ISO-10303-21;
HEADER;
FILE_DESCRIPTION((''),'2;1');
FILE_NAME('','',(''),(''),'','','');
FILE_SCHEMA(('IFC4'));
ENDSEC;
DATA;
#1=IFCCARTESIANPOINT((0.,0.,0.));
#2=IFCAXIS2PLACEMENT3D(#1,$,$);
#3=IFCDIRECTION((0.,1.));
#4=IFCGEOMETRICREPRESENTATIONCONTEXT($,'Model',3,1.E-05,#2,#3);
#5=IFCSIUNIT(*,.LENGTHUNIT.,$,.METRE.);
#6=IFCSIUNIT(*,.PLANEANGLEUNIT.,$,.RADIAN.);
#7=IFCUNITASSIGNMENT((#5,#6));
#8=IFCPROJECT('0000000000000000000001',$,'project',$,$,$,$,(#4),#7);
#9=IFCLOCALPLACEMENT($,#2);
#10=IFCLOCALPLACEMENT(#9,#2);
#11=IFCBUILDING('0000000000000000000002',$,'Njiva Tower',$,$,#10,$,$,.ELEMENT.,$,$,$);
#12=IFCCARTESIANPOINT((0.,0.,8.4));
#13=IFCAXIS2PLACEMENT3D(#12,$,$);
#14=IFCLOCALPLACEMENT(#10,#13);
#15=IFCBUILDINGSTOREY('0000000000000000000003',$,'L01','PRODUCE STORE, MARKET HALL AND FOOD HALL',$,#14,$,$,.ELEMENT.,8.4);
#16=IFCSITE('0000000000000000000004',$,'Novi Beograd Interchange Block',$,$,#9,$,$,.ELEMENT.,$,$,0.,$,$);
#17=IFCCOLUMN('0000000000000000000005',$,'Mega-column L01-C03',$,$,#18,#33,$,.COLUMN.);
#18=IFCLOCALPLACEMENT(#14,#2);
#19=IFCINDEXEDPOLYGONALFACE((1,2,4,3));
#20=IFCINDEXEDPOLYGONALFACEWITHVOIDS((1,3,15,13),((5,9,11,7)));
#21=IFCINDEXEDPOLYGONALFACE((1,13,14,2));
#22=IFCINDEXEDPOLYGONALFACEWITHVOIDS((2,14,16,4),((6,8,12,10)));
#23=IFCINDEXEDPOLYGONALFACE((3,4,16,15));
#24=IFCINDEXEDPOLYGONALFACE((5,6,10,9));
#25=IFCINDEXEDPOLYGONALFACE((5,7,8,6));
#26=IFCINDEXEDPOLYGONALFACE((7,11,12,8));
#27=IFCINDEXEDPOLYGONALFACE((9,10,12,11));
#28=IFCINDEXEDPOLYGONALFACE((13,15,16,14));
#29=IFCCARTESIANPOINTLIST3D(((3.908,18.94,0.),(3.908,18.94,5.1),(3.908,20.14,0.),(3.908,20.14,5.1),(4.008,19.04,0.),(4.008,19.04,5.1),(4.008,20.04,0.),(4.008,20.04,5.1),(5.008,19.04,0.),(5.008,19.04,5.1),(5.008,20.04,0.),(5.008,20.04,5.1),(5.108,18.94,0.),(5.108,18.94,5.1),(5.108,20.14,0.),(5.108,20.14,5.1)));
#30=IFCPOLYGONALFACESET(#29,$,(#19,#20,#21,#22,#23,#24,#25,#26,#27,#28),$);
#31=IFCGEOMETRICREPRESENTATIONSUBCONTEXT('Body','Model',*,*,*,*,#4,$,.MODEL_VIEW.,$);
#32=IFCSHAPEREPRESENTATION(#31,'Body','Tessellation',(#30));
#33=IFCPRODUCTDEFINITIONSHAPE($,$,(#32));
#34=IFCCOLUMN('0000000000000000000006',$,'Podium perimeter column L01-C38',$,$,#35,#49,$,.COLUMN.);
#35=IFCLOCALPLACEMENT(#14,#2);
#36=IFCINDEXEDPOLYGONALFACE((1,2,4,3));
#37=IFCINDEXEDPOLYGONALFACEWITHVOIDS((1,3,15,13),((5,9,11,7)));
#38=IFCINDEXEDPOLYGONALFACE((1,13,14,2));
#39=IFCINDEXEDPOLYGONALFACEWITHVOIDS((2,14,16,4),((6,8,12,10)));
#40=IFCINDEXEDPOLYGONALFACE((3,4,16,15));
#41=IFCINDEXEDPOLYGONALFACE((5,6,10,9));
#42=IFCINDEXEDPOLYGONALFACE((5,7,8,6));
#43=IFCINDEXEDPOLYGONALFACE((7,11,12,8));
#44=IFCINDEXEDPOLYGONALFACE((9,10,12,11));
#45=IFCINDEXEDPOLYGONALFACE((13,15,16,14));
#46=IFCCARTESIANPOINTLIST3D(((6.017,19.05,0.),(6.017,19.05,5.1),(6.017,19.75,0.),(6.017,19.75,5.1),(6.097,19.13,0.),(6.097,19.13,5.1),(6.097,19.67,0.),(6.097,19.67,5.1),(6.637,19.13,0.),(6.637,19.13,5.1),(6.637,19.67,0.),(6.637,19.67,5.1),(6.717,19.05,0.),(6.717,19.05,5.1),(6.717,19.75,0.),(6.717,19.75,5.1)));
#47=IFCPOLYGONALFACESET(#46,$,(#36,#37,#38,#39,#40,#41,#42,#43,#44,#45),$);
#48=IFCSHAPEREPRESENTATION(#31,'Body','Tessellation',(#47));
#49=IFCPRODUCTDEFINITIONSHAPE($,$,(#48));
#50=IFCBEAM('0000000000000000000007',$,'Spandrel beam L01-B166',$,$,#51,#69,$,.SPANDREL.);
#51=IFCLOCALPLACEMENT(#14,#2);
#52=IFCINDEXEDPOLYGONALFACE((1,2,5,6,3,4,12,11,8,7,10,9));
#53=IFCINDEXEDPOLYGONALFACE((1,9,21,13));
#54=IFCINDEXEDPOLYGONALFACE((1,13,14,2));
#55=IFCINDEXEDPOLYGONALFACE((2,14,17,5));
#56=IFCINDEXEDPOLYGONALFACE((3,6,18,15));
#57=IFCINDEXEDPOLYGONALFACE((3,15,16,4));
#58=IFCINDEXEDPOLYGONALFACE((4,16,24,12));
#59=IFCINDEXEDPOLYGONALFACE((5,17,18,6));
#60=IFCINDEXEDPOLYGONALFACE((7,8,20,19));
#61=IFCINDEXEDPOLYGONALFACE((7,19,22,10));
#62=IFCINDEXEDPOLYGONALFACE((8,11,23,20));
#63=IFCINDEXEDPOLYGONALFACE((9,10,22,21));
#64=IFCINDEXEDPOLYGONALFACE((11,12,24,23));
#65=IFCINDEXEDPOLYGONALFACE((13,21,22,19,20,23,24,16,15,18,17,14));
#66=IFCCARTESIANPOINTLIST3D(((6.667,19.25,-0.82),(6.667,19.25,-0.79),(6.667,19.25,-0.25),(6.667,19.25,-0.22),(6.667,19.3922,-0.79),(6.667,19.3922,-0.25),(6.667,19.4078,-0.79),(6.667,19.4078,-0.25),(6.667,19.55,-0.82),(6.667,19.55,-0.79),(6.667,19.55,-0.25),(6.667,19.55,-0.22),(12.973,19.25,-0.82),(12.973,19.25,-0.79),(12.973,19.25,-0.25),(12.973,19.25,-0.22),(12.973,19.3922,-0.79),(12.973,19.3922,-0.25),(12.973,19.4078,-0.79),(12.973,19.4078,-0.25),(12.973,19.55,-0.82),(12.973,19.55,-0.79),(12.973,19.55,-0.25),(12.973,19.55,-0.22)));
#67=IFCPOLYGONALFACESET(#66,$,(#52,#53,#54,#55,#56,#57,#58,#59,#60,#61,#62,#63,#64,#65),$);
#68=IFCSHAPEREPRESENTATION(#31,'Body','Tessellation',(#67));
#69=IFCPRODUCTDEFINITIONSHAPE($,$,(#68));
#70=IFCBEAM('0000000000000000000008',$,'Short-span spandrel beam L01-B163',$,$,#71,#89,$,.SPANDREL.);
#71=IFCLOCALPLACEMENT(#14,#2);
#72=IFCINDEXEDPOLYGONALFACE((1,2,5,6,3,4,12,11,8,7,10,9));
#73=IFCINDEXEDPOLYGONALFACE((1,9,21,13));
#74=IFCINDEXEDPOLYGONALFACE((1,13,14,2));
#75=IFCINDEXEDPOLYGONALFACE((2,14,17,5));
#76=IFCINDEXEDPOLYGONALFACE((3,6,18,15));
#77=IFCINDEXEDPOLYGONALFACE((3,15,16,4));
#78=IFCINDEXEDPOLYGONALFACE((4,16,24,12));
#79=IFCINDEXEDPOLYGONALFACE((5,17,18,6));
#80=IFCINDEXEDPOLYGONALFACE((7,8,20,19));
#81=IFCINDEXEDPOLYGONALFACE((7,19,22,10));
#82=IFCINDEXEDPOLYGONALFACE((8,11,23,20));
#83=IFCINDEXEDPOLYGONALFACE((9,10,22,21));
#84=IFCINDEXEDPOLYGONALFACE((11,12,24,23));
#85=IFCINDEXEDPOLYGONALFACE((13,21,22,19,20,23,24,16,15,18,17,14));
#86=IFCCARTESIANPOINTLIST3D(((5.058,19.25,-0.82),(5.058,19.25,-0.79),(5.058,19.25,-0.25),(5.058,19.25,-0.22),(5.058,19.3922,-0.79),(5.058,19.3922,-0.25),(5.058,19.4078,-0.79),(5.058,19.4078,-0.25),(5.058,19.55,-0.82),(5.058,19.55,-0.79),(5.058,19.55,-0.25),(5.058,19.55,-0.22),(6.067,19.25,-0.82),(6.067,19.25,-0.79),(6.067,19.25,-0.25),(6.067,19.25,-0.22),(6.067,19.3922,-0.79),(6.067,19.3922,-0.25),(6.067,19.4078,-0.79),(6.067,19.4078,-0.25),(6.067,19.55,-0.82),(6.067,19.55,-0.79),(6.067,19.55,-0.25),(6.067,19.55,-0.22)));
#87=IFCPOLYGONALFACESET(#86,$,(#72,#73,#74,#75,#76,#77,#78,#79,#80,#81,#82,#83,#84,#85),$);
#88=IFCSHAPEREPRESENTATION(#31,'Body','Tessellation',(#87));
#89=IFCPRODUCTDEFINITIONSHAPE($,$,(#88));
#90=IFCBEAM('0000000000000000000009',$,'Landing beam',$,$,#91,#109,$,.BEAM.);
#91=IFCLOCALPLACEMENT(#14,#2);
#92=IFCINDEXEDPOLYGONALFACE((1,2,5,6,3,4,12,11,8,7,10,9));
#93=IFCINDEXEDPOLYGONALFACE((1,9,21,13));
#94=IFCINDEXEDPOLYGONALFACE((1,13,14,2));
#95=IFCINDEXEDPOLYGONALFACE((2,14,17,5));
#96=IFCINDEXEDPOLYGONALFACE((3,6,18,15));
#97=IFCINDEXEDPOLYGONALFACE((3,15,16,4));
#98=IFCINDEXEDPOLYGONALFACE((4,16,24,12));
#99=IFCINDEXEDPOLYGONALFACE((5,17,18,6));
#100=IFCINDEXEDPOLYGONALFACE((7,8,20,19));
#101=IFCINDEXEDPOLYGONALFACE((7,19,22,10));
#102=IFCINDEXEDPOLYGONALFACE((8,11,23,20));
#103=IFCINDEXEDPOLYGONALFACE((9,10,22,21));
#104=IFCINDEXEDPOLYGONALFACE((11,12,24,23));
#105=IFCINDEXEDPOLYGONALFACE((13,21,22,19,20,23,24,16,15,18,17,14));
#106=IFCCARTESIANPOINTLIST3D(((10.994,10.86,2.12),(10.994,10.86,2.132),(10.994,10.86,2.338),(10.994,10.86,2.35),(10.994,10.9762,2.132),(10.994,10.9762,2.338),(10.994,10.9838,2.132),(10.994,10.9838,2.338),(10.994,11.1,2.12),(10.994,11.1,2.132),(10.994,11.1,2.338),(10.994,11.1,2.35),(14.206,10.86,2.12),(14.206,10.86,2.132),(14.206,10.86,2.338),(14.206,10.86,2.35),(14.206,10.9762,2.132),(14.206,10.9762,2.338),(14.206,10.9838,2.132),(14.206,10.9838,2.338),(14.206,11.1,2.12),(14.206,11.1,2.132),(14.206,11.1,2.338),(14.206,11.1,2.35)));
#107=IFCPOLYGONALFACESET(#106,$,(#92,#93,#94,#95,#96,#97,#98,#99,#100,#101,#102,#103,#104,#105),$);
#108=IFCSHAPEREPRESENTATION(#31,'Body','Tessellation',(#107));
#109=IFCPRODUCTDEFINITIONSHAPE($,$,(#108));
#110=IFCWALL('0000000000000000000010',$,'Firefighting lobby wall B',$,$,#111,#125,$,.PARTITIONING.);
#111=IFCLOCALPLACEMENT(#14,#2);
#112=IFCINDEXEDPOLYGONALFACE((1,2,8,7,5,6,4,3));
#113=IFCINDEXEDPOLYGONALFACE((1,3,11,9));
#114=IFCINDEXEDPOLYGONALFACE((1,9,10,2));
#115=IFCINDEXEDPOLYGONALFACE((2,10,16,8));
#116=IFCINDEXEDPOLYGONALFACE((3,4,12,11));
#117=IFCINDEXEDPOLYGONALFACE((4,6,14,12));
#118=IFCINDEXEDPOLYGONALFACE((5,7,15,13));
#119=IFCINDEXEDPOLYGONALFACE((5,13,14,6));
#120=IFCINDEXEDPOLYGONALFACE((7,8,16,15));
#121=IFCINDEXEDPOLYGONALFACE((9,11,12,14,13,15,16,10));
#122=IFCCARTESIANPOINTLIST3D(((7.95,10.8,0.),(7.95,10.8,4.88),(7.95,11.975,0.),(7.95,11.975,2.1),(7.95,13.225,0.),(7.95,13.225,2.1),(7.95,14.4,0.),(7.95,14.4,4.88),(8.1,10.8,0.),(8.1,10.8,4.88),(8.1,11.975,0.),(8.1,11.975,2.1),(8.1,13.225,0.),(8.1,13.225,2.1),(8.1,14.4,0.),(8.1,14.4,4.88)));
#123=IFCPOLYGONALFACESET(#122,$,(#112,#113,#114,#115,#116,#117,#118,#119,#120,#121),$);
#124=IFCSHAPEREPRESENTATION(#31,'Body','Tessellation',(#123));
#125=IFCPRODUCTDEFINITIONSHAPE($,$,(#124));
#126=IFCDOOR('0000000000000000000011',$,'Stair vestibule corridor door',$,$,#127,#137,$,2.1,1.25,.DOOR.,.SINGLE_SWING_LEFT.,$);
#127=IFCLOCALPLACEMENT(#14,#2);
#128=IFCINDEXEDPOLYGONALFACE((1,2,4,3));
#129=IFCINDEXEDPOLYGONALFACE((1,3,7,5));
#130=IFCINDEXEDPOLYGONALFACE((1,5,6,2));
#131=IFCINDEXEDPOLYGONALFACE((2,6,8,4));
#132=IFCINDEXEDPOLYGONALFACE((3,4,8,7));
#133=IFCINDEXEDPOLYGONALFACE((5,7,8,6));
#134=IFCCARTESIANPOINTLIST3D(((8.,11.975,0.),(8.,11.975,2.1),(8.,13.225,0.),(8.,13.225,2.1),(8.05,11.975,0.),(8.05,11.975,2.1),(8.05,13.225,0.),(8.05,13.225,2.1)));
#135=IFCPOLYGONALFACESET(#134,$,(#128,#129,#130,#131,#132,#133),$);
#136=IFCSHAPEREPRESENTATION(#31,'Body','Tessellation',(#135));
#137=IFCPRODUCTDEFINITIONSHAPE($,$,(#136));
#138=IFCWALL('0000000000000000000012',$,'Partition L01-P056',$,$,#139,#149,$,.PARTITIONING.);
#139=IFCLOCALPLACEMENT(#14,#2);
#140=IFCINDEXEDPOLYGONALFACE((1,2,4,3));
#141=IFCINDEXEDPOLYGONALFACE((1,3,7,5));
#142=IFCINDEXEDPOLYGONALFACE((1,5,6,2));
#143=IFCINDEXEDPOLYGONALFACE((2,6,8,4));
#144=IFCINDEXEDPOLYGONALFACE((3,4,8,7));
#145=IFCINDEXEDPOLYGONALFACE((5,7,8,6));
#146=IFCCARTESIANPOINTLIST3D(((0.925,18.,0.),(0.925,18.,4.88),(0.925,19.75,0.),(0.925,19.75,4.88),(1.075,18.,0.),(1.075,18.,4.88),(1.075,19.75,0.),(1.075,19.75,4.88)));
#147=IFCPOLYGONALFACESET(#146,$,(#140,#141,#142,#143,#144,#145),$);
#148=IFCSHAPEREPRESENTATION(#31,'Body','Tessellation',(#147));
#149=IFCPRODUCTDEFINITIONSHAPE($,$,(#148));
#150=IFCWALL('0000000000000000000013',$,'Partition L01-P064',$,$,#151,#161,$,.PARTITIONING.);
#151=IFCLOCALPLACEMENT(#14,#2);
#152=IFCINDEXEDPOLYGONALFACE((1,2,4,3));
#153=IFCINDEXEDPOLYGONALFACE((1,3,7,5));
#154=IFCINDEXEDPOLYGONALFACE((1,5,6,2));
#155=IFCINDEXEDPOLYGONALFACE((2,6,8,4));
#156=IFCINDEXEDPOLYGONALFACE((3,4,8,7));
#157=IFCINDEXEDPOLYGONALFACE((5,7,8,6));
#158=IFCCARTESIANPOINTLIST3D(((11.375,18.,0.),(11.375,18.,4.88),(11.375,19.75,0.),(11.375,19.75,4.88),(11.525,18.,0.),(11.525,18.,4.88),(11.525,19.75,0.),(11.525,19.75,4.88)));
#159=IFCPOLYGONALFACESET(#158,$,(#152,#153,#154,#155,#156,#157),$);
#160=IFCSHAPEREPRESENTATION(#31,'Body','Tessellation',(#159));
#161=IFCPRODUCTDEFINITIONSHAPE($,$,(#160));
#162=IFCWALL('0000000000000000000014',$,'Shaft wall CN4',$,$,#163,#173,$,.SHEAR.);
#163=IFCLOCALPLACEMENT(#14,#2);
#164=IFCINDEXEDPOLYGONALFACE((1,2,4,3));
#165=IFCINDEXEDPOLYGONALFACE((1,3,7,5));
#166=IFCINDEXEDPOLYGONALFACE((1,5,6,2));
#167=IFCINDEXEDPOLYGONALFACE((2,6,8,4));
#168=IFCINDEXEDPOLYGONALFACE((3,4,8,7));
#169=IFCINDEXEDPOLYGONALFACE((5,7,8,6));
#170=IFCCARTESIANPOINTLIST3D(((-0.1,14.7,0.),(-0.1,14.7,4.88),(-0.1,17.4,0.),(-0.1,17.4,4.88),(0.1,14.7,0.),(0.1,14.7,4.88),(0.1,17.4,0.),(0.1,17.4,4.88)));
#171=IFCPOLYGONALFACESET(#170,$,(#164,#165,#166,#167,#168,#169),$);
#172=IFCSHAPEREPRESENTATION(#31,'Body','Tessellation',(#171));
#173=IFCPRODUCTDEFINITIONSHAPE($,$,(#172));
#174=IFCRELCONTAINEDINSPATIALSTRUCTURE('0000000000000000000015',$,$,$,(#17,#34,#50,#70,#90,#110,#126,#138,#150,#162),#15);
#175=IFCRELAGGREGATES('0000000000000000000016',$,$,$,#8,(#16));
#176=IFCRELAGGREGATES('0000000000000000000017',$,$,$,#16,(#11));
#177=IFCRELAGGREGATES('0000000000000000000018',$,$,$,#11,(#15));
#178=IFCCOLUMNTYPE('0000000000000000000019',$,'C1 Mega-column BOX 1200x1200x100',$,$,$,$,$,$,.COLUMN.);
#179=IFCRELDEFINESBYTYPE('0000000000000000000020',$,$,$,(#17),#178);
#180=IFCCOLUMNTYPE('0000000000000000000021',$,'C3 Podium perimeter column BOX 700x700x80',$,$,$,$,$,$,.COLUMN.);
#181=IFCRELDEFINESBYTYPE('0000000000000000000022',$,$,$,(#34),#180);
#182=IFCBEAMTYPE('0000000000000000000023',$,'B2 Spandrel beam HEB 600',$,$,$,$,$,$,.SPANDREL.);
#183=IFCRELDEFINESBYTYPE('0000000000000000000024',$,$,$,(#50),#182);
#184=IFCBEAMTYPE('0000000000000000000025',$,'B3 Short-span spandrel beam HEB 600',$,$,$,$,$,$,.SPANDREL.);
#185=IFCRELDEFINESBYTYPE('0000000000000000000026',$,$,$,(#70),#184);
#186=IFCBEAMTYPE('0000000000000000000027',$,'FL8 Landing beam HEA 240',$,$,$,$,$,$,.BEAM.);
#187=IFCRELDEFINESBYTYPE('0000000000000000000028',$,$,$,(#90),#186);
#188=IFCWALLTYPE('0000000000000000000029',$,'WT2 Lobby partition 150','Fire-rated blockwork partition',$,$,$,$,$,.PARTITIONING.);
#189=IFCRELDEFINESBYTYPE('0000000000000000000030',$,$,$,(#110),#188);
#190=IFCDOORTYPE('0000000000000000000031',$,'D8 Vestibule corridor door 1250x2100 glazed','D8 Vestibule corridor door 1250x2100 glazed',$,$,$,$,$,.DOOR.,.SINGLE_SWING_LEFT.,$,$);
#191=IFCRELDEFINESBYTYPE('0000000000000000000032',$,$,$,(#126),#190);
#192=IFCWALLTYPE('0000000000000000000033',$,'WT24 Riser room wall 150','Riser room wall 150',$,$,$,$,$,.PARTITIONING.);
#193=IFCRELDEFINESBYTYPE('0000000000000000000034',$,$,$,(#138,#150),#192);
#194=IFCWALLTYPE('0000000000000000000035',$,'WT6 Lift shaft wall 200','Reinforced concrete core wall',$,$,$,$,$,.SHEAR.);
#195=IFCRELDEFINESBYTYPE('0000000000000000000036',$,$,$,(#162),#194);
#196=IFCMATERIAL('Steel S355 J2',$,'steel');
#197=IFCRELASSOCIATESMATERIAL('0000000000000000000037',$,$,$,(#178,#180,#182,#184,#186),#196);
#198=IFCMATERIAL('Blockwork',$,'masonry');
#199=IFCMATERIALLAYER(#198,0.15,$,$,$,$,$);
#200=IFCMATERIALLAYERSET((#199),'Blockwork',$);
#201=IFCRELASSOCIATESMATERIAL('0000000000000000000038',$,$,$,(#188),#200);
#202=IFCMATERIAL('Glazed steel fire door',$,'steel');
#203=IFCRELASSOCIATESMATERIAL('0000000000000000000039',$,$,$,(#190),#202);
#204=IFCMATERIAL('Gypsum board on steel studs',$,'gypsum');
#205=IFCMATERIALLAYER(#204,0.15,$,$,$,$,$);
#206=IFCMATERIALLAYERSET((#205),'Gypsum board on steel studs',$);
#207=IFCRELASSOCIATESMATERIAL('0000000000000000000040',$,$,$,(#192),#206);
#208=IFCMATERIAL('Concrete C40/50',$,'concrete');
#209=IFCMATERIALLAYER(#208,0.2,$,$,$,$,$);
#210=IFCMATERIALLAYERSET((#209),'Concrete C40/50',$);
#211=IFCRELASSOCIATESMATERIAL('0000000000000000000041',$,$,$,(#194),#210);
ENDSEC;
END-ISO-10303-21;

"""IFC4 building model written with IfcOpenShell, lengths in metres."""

from ifc_helpers import new_model, si_unit, direction, frame, frame_2d, origin, origin_2d, place, context, subcontext, project, spatial, rectangle, hollow_rectangle, i_section, extrude, material, layer, layer_set, material_profile, profile_set, type_object, element, fill, save


model = new_model("IFC4")

# Units and contexts
model_context = context("Model", 3, precision=1e-05, world=origin(), true_north=direction((0.0, 1.0)))
body_context = subcontext(model_context, "Body", "Model", "MODEL_VIEW")
ifc_project = project(units=[si_unit("LENGTHUNIT", "METRE"), si_unit("PLANEANGLEUNIT", "RADIAN")], contexts=[model_context])

# Site, building, storey
site_placement = place(None, origin())
site = spatial("IfcSite", under=ifc_project, at=site_placement, Name="Novi Beograd Interchange Block", CompositionType="ELEMENT", RefElevation=0.0)
building_placement = place(site_placement, origin())
building = spatial("IfcBuilding", under=site, at=building_placement, Name="Njiva Tower", CompositionType="ELEMENT")
storey_placement = place(building_placement, frame((0.0, 0.0, 8.4)))
storey = spatial("IfcBuildingStorey", under=building, at=storey_placement, Name="L01", Description="PRODUCE STORE, MARKET HALL AND FOOD HALL", CompositionType="ELEMENT", Elevation=8.4)

# Columns
ifc_material_1 = material(Name="Steel S355 J2", Category="steel")
ifc_material_profile_1 = material_profile(ifc_material_1, hollow_rectangle(XDim=1.2, YDim=1.2, WallThickness=0.1, at=origin_2d()), Name="BOX 1200x1200x100")
ifc_profile_set_1 = profile_set([ifc_material_profile_1], Name="Steel S355 J2")
column_type_1 = type_object("IfcColumnType", Name="C1 Mega-column BOX 1200x1200x100", PredefinedType="COLUMN", material=ifc_profile_set_1)
column_1_placement = place(storey_placement, frame((4.508, 19.54, 0.0), z_axis=(0.0, 0.0, 1.0), x_axis=(-1.0, 0.0, 0.0)))
element("IfcColumn", 1, at=column_1_placement, inside=storey, type_object=column_type_1, Name="Mega-column L01-C03", PredefinedType="COLUMN", context=body_context, shape_type="SweptSolid", body=[
    extrude(hollow_rectangle(XDim=1.2, YDim=1.2, WallThickness=0.1, at=origin_2d()), origin(), (0.0, 0.0, 1.0), 5.1),
])
ifc_material_profile_2 = material_profile(ifc_material_1, hollow_rectangle(XDim=0.7, YDim=0.7, WallThickness=0.08, at=origin_2d()), Name="BOX 700x700x80")
ifc_profile_set_2 = profile_set([ifc_material_profile_2], Name="Steel S355 J2")
column_type_2 = type_object("IfcColumnType", Name="C3 Podium perimeter column BOX 700x700x80", PredefinedType="COLUMN", material=ifc_profile_set_2)
column_2_placement = place(storey_placement, frame((6.367, 19.4, 0.0), z_axis=(0.0, 0.0, 1.0), x_axis=(-1.0, 0.0, 0.0)))
element("IfcColumn", 2, at=column_2_placement, inside=storey, type_object=column_type_2, Name="Podium perimeter column L01-C38", PredefinedType="COLUMN", context=body_context, shape_type="SweptSolid", body=[
    extrude(hollow_rectangle(XDim=0.7, YDim=0.7, WallThickness=0.08, at=origin_2d()), origin(), (0.0, 0.0, 1.0), 5.1),
])

# Beams
ifc_material_profile_3 = material_profile(ifc_material_1, i_section(OverallWidth=0.3, OverallDepth=0.6, WebThickness=0.0155, FlangeThickness=0.03, at=origin_2d()), Name="HEB 600")
ifc_profile_set_3 = profile_set([ifc_material_profile_3], Name="Steel S355 J2")
beam_type_1 = type_object("IfcBeamType", Name="B2 Spandrel beam HEB 600", PredefinedType="SPANDREL", material=ifc_profile_set_3)
beam_1_placement = place(storey_placement, frame((6.667, 19.4, -0.52), z_axis=(1.0, 0.0, 0.0), x_axis=(0.0, 1.0, 0.0)))
element("IfcBeam", 3, at=beam_1_placement, inside=storey, type_object=beam_type_1, Name="Spandrel beam L01-B166", PredefinedType="SPANDREL", context=body_context, shape_type="SweptSolid", body=[
    extrude(i_section(OverallWidth=0.3, OverallDepth=0.6, WebThickness=0.0155, FlangeThickness=0.03, at=origin_2d()), origin(), (0.0, 0.0, 1.0), 6.306),
])
ifc_material_profile_4 = material_profile(ifc_material_1, i_section(OverallWidth=0.3, OverallDepth=0.6, WebThickness=0.0155, FlangeThickness=0.03, at=origin_2d()), Name="HEB 600")
ifc_profile_set_4 = profile_set([ifc_material_profile_4], Name="Steel S355 J2")
beam_type_2 = type_object("IfcBeamType", Name="B3 Short-span spandrel beam HEB 600", PredefinedType="SPANDREL", material=ifc_profile_set_4)
beam_2_placement = place(storey_placement, frame((5.058, 19.4, -0.52), z_axis=(1.0, 0.0, 0.0), x_axis=(0.0, 1.0, 0.0)))
element("IfcBeam", 4, at=beam_2_placement, inside=storey, type_object=beam_type_2, Name="Short-span spandrel beam L01-B163", PredefinedType="SPANDREL", context=body_context, shape_type="SweptSolid", body=[
    extrude(i_section(OverallWidth=0.3, OverallDepth=0.6, WebThickness=0.0155, FlangeThickness=0.03, at=origin_2d()), origin(), (0.0, 0.0, 1.0), 1.009),
])
ifc_material_profile_5 = material_profile(ifc_material_1, i_section(OverallWidth=0.24, OverallDepth=0.23, WebThickness=0.0075, FlangeThickness=0.012, at=origin_2d()), Name="HEA240")
ifc_profile_set_5 = profile_set([ifc_material_profile_5], Name="Steel S355 J2")
beam_type_3 = type_object("IfcBeamType", Name="FL8 Landing beam HEA 240", PredefinedType="BEAM", material=ifc_profile_set_5)
beam_3_placement = place(storey_placement, frame((10.994, 10.98, 2.235), z_axis=(1.0, 0.0, 0.0), x_axis=(0.0, 1.0, 0.0)))
element("IfcBeam", 5, at=beam_3_placement, inside=storey, type_object=beam_type_3, Name="Landing beam", PredefinedType="BEAM", context=body_context, shape_type="SweptSolid", body=[
    extrude(i_section(OverallWidth=0.24, OverallDepth=0.23, WebThickness=0.0075, FlangeThickness=0.012, at=origin_2d()), origin(), (0.0, 0.0, 1.0), 3.212),
])

# Wall, opening, door
ifc_material_2 = material(Name="Blockwork", Category="masonry")
ifc_layer_1 = layer(ifc_material_2, 0.15)
ifc_layer_set_1 = layer_set([ifc_layer_1], Name="Blockwork")
wall_type_1 = type_object("IfcWallType", Name="WT2 Lobby partition 150", Description="Fire-rated blockwork partition", PredefinedType="PARTITIONING", material=ifc_layer_set_1)
wall_placement = place(storey_placement, frame((8.025, 10.8, 0.0), z_axis=(0.0, 0.0, 1.0), x_axis=(0.0, 1.0, 0.0)))
wall = element("IfcWall", 6, at=wall_placement, inside=storey, type_object=wall_type_1, Name="Firefighting lobby wall B", PredefinedType="PARTITIONING", context=body_context, shape_type="SweptSolid", body=[
    extrude(rectangle(XDim=3.6, YDim=0.15, at=frame_2d((1.8, 0.0))), origin(), (0.0, 0.0, 1.0), 4.88),
])
opening_placement = place(wall_placement, frame((1.175, 0.0, 0.0)))
opening = element("IfcOpeningElement", 7, at=opening_placement, cuts=wall, PredefinedType="OPENING", context=body_context, shape_type="SweptSolid", body=[
    extrude(rectangle(XDim=1.25, YDim=2.1, at=frame_2d((0.625, 1.05))), frame((0.0, 0.085, 0.0), z_axis=(0.0, -1.0, 0.0), x_axis=(1.0, 0.0, 0.0)), (0.0, 0.0, 1.0), 0.17),
])
ifc_material_3 = material(Name="Glazed steel fire door", Category="steel")
door_type = type_object("IfcDoorType", Name="D8 Vestibule corridor door 1250x2100 glazed", Description="D8 Vestibule corridor door 1250x2100 glazed", OperationType="SINGLE_SWING_LEFT", PredefinedType="DOOR", material=ifc_material_3)
door_placement = place(opening_placement, origin())
door = element("IfcDoor", 8, at=door_placement, inside=storey, type_object=door_type, Name="Stair vestibule corridor door", OperationType="SINGLE_SWING_LEFT", OverallHeight=2.1, OverallWidth=1.25, PredefinedType="DOOR", context=body_context, shape_type="SweptSolid", body=[
    extrude(rectangle(XDim=1.25, YDim=2.1, at=frame_2d((0.625, 1.05))), frame((0.0, 0.025, 0.0), z_axis=(0.0, -1.0, 0.0), x_axis=(1.0, 0.0, 0.0)), (0.0, 0.0, 1.0), 0.05),
])
fill(opening, door)

# Walls
ifc_material_4 = material(Name="Gypsum board on steel studs", Category="gypsum")
ifc_layer_2 = layer(ifc_material_4, 0.15)
ifc_layer_set_2 = layer_set([ifc_layer_2], Name="Gypsum board on steel studs")
wall_type_2 = type_object("IfcWallType", Name="WT24 Riser room wall 150", Description="Riser room wall 150", PredefinedType="PARTITIONING", material=ifc_layer_set_2)
for number, where, z_axis, x_axis, name in (
    (9, (1.0, 18.0, 0.0), (0.0, 0.0, 1.0), (0.0, 1.0, 0.0), "Partition L01-P056"),
    (10, (11.45, 18.0, 0.0), (0.0, 0.0, 1.0), (0.0, 1.0, 0.0), "Partition L01-P064"),
):
    element("IfcWall", number, at=place(storey_placement, frame(where, z_axis=z_axis, x_axis=x_axis)), inside=storey, type_object=wall_type_2, Name=name, PredefinedType="PARTITIONING", context=body_context, shape_type="SweptSolid", body=[
        extrude(rectangle(XDim=1.75, YDim=0.15, at=frame_2d((0.875, 0.0))), origin(), (0.0, 0.0, 1.0), 4.88),
    ])
ifc_material_5 = material(Name="Concrete C40/50", Category="concrete")
ifc_layer_3 = layer(ifc_material_5, 0.2)
ifc_layer_set_3 = layer_set([ifc_layer_3], Name="Concrete C40/50")
wall_type_3 = type_object("IfcWallType", Name="WT6 Lift shaft wall 200", Description="Reinforced concrete core wall", PredefinedType="SHEAR", material=ifc_layer_set_3)
for number, where, z_axis, x_axis, name in (
    (11, (0.0, 14.7, 0.0), (0.0, 0.0, 1.0), (0.0, 1.0, 0.0), "Shaft wall CN4"),
):
    element("IfcWall", number, at=place(storey_placement, frame(where, z_axis=z_axis, x_axis=x_axis)), inside=storey, type_object=wall_type_3, Name=name, PredefinedType="SHEAR", context=body_context, shape_type="SweptSolid", body=[
        extrude(rectangle(XDim=2.7, YDim=0.2, at=frame_2d((1.35, 0.0))), origin(), (0.0, 0.0, 1.0), 4.88),
    ])

save(model, "model.ifc")
